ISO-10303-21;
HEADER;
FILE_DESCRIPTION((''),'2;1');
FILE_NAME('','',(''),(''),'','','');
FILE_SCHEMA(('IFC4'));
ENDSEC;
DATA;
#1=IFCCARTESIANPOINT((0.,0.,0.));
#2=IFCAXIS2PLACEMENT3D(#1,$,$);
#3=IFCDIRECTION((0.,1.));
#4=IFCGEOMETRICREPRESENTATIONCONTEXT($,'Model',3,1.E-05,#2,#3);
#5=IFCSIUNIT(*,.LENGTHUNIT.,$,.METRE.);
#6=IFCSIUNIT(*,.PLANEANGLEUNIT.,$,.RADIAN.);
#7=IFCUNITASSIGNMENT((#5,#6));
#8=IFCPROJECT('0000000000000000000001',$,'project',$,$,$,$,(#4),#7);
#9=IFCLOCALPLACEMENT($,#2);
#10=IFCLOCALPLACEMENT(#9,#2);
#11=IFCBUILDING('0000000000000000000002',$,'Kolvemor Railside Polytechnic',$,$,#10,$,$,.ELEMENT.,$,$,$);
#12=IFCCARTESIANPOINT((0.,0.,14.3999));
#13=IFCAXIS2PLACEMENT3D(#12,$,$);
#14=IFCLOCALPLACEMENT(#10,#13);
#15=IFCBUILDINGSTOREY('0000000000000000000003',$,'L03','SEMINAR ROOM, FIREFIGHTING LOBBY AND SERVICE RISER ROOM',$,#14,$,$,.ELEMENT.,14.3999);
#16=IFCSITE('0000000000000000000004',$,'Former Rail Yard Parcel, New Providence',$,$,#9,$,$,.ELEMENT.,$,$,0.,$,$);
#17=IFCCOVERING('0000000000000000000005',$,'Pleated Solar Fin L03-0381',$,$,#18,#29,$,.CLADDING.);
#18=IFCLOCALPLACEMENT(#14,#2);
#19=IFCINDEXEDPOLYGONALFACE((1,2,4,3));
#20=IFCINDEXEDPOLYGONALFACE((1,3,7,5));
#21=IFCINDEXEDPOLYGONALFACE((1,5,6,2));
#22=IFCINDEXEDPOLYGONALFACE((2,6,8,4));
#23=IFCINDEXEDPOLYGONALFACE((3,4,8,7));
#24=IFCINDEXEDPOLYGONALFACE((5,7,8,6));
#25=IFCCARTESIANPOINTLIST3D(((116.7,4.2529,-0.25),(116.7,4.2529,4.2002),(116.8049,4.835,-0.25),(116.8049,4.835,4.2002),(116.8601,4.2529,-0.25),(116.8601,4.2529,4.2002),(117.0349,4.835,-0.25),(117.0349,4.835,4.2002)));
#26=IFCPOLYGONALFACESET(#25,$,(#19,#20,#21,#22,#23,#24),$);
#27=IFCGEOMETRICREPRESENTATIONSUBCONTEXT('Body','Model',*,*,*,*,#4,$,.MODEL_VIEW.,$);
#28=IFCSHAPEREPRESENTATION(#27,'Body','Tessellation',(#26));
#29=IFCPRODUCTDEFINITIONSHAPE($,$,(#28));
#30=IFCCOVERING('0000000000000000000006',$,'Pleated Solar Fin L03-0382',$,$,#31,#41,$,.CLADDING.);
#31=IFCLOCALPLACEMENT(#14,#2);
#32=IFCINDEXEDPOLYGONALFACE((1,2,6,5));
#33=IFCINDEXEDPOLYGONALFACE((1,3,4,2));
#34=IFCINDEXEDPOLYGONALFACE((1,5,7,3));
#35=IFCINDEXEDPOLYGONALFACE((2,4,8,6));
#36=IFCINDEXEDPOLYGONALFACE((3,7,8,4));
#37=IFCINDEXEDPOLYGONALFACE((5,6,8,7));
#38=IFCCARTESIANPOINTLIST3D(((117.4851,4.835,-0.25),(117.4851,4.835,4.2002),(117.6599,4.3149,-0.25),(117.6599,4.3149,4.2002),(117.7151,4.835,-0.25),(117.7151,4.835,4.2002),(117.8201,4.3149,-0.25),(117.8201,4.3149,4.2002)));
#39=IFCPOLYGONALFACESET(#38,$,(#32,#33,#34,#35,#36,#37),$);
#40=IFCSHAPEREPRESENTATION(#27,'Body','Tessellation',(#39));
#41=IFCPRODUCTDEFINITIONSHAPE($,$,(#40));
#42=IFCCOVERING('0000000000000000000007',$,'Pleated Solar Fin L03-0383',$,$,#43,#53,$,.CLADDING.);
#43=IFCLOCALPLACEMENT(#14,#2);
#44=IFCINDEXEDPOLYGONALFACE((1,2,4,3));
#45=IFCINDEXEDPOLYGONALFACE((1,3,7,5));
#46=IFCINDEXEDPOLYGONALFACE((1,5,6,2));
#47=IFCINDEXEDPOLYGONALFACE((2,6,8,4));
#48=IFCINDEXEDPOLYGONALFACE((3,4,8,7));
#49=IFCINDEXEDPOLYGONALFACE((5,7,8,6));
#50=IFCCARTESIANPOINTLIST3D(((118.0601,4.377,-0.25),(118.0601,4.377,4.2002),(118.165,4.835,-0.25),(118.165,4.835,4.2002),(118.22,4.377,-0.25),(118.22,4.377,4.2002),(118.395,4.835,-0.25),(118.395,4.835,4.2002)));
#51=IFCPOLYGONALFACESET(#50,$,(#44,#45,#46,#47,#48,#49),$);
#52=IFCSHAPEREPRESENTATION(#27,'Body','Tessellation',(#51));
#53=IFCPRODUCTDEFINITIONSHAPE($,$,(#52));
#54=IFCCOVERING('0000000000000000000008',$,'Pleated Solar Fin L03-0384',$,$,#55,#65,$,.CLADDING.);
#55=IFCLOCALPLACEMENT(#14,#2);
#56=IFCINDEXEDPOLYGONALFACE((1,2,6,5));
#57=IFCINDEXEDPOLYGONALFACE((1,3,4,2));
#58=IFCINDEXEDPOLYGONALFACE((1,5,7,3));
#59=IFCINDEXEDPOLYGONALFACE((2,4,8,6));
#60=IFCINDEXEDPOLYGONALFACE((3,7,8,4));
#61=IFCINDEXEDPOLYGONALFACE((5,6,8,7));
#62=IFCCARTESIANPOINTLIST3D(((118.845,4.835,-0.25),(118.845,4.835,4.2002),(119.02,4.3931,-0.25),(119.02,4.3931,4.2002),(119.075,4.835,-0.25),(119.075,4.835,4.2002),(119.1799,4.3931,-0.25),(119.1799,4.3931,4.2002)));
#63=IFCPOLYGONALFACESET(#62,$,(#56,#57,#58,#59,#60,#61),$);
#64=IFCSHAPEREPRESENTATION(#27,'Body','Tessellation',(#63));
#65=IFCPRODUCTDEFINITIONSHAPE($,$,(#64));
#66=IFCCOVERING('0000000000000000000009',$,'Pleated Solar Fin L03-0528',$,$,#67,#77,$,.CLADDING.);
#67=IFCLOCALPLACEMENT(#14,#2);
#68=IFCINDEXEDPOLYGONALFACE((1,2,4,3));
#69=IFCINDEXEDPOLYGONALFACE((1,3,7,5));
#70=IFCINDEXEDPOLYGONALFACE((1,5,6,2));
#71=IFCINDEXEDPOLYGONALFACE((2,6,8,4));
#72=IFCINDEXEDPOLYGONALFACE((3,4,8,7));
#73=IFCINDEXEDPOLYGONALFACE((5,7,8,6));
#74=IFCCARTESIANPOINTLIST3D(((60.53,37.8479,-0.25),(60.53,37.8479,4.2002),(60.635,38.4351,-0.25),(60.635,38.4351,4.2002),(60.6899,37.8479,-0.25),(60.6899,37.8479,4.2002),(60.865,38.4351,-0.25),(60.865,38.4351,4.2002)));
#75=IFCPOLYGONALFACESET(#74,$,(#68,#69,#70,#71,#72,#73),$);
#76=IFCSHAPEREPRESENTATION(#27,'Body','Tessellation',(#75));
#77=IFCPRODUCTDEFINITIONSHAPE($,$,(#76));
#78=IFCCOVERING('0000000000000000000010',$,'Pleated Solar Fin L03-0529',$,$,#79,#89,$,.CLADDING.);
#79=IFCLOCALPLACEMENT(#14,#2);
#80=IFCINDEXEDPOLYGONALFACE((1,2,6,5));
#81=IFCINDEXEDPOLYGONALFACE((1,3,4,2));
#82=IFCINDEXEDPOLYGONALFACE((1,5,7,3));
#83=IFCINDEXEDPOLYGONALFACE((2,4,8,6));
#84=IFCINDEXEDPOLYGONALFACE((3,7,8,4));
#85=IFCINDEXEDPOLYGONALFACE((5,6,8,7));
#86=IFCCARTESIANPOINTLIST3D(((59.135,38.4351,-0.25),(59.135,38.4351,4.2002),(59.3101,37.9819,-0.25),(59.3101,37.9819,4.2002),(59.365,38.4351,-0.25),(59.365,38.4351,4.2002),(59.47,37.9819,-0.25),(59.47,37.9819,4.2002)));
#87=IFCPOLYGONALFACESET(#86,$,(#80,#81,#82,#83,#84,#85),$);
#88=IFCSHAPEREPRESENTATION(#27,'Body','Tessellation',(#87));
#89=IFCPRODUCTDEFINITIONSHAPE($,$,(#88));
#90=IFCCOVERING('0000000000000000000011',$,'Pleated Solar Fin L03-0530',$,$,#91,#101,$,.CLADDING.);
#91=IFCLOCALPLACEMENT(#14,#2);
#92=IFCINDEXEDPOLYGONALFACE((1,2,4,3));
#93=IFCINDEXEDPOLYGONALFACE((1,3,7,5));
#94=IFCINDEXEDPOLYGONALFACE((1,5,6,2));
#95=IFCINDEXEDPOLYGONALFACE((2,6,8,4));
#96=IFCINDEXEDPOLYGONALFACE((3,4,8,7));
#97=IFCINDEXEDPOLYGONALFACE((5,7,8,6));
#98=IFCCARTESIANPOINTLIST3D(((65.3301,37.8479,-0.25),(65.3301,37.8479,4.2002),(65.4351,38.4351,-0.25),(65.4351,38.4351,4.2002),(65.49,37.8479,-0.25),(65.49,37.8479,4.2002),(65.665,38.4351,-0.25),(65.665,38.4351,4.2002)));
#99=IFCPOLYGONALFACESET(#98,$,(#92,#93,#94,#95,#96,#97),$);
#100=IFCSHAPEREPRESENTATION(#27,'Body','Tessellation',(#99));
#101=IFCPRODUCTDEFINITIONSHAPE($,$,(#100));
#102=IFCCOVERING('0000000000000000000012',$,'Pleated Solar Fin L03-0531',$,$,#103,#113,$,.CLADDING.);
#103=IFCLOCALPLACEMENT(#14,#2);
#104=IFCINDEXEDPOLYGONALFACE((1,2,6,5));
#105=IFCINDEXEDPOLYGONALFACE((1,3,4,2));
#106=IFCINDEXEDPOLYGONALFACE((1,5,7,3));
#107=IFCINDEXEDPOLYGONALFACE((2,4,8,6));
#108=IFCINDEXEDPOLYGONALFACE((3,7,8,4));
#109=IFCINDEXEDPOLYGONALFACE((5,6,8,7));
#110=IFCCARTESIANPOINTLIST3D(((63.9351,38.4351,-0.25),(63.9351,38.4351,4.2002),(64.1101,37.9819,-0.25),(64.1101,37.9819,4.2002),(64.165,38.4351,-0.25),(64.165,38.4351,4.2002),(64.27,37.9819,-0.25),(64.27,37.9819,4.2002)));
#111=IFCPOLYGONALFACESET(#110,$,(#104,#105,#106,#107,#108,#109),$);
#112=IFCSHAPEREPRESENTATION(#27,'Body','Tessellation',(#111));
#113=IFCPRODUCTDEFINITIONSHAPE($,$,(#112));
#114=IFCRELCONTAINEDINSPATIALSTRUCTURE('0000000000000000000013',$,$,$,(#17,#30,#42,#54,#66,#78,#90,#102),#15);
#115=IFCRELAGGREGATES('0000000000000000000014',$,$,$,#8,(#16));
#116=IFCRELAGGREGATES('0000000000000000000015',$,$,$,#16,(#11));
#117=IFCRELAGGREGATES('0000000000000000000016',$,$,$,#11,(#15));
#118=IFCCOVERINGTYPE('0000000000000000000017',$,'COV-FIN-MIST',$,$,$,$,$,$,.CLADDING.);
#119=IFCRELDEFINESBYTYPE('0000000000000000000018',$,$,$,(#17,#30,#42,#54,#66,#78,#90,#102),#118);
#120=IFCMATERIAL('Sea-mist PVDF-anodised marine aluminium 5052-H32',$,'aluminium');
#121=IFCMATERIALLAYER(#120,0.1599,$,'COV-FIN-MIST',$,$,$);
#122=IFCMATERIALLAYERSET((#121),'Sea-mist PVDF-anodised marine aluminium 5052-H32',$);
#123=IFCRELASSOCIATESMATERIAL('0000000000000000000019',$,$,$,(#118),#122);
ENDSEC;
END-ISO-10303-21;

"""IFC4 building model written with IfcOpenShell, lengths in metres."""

from ifc_helpers import new_model, si_unit, direction, frame, origin, place, context, subcontext, project, spatial, polyline, outline, extrude, material, layer, layer_set, type_object, element, save


model = new_model("IFC4")

# Units and contexts
model_context = context("Model", 3, precision=1e-05, world=origin(), true_north=direction((0.0, 1.0)))
body_context = subcontext(model_context, "Body", "Model", "MODEL_VIEW")
ifc_project = project(units=[si_unit("LENGTHUNIT", "METRE"), si_unit("PLANEANGLEUNIT", "RADIAN")], contexts=[model_context])

# Site, building, storey
site_placement = place(None, origin())
site = spatial("IfcSite", under=ifc_project, at=site_placement, Name="Former Rail Yard Parcel, New Providence", CompositionType="ELEMENT", RefElevation=0.0)
building_placement = place(site_placement, origin())
building = spatial("IfcBuilding", under=site, at=building_placement, Name="Kolvemor Railside Polytechnic", CompositionType="ELEMENT")
storey_placement = place(building_placement, frame((0.0, 0.0, 14.3999)))
storey = spatial("IfcBuildingStorey", under=building, at=storey_placement, Name="L03", Description="SEMINAR ROOM, FIREFIGHTING LOBBY AND SERVICE RISER ROOM", CompositionType="ELEMENT", Elevation=14.3999)

# Coverings
ifc_material_1 = material(Name="Sea-mist PVDF-anodised marine aluminium 5052-H32", Category="aluminium")
ifc_layer_1 = layer(ifc_material_1, 0.1599, Name="COV-FIN-MIST")
ifc_layer_set_1 = layer_set([ifc_layer_1], Name="Sea-mist PVDF-anodised marine aluminium 5052-H32")
covering_type_1 = type_object("IfcCoveringType", Name="COV-FIN-MIST", PredefinedType="CLADDING", material=ifc_layer_set_1)
covering_1_placement = place(storey_placement, frame((0.0, 0.0, -0.25)))
element("IfcCovering", 1, at=covering_1_placement, inside=storey, type_object=covering_type_1, Name="Pleated Solar Fin L03-0381", PredefinedType="CLADDING", context=body_context, shape_type="SweptSolid", body=[
    extrude(outline(polyline([(116.8049, 4.835), (117.0349, 4.835), (116.8601, 4.2529), (116.7, 4.2529), (116.8049, 4.835)])), origin(), (0.0, 0.0, 1.0), 4.4502),
])
covering_2_placement = place(storey_placement, frame((0.0, 0.0, -0.25)))
element("IfcCovering", 2, at=covering_2_placement, inside=storey, type_object=covering_type_1, Name="Pleated Solar Fin L03-0382", PredefinedType="CLADDING", context=body_context, shape_type="SweptSolid", body=[
    extrude(outline(polyline([(117.4851, 4.835), (117.7151, 4.835), (117.8201, 4.3149), (117.6599, 4.3149), (117.4851, 4.835)])), origin(), (0.0, 0.0, 1.0), 4.4502),
])
covering_3_placement = place(storey_placement, frame((0.0, 0.0, -0.25)))
element("IfcCovering", 3, at=covering_3_placement, inside=storey, type_object=covering_type_1, Name="Pleated Solar Fin L03-0383", PredefinedType="CLADDING", context=body_context, shape_type="SweptSolid", body=[
    extrude(outline(polyline([(118.165, 4.835), (118.395, 4.835), (118.22, 4.377), (118.0601, 4.377), (118.165, 4.835)])), origin(), (0.0, 0.0, 1.0), 4.4502),
])
covering_4_placement = place(storey_placement, frame((0.0, 0.0, -0.25)))
element("IfcCovering", 4, at=covering_4_placement, inside=storey, type_object=covering_type_1, Name="Pleated Solar Fin L03-0384", PredefinedType="CLADDING", context=body_context, shape_type="SweptSolid", body=[
    extrude(outline(polyline([(118.845, 4.835), (119.075, 4.835), (119.1799, 4.3931), (119.02, 4.3931), (118.845, 4.835)])), origin(), (0.0, 0.0, 1.0), 4.4502),
])
covering_5_placement = place(storey_placement, frame((0.0, 0.0, -0.25)))
element("IfcCovering", 5, at=covering_5_placement, inside=storey, type_object=covering_type_1, Name="Pleated Solar Fin L03-0528", PredefinedType="CLADDING", context=body_context, shape_type="SweptSolid", body=[
    extrude(outline(polyline([(60.865, 38.4351), (60.635, 38.4351), (60.53, 37.8479), (60.6899, 37.8479), (60.865, 38.4351)])), origin(), (0.0, 0.0, 1.0), 4.4502),
])
covering_6_placement = place(storey_placement, frame((0.0, 0.0, -0.25)))
element("IfcCovering", 6, at=covering_6_placement, inside=storey, type_object=covering_type_1, Name="Pleated Solar Fin L03-0529", PredefinedType="CLADDING", context=body_context, shape_type="SweptSolid", body=[
    extrude(outline(polyline([(59.365, 38.4351), (59.135, 38.4351), (59.3101, 37.9819), (59.47, 37.9819), (59.365, 38.4351)])), origin(), (0.0, 0.0, 1.0), 4.4502),
])
covering_7_placement = place(storey_placement, frame((0.0, 0.0, -0.25)))
element("IfcCovering", 7, at=covering_7_placement, inside=storey, type_object=covering_type_1, Name="Pleated Solar Fin L03-0530", PredefinedType="CLADDING", context=body_context, shape_type="SweptSolid", body=[
    extrude(outline(polyline([(65.665, 38.4351), (65.4351, 38.4351), (65.3301, 37.8479), (65.49, 37.8479), (65.665, 38.4351)])), origin(), (0.0, 0.0, 1.0), 4.4502),
])
covering_8_placement = place(storey_placement, frame((0.0, 0.0, -0.25)))
element("IfcCovering", 8, at=covering_8_placement, inside=storey, type_object=covering_type_1, Name="Pleated Solar Fin L03-0531", PredefinedType="CLADDING", context=body_context, shape_type="SweptSolid", body=[
    extrude(outline(polyline([(64.165, 38.4351), (63.9351, 38.4351), (64.1101, 37.9819), (64.27, 37.9819), (64.165, 38.4351)])), origin(), (0.0, 0.0, 1.0), 4.4502),
])

save(model, "model.ifc")
